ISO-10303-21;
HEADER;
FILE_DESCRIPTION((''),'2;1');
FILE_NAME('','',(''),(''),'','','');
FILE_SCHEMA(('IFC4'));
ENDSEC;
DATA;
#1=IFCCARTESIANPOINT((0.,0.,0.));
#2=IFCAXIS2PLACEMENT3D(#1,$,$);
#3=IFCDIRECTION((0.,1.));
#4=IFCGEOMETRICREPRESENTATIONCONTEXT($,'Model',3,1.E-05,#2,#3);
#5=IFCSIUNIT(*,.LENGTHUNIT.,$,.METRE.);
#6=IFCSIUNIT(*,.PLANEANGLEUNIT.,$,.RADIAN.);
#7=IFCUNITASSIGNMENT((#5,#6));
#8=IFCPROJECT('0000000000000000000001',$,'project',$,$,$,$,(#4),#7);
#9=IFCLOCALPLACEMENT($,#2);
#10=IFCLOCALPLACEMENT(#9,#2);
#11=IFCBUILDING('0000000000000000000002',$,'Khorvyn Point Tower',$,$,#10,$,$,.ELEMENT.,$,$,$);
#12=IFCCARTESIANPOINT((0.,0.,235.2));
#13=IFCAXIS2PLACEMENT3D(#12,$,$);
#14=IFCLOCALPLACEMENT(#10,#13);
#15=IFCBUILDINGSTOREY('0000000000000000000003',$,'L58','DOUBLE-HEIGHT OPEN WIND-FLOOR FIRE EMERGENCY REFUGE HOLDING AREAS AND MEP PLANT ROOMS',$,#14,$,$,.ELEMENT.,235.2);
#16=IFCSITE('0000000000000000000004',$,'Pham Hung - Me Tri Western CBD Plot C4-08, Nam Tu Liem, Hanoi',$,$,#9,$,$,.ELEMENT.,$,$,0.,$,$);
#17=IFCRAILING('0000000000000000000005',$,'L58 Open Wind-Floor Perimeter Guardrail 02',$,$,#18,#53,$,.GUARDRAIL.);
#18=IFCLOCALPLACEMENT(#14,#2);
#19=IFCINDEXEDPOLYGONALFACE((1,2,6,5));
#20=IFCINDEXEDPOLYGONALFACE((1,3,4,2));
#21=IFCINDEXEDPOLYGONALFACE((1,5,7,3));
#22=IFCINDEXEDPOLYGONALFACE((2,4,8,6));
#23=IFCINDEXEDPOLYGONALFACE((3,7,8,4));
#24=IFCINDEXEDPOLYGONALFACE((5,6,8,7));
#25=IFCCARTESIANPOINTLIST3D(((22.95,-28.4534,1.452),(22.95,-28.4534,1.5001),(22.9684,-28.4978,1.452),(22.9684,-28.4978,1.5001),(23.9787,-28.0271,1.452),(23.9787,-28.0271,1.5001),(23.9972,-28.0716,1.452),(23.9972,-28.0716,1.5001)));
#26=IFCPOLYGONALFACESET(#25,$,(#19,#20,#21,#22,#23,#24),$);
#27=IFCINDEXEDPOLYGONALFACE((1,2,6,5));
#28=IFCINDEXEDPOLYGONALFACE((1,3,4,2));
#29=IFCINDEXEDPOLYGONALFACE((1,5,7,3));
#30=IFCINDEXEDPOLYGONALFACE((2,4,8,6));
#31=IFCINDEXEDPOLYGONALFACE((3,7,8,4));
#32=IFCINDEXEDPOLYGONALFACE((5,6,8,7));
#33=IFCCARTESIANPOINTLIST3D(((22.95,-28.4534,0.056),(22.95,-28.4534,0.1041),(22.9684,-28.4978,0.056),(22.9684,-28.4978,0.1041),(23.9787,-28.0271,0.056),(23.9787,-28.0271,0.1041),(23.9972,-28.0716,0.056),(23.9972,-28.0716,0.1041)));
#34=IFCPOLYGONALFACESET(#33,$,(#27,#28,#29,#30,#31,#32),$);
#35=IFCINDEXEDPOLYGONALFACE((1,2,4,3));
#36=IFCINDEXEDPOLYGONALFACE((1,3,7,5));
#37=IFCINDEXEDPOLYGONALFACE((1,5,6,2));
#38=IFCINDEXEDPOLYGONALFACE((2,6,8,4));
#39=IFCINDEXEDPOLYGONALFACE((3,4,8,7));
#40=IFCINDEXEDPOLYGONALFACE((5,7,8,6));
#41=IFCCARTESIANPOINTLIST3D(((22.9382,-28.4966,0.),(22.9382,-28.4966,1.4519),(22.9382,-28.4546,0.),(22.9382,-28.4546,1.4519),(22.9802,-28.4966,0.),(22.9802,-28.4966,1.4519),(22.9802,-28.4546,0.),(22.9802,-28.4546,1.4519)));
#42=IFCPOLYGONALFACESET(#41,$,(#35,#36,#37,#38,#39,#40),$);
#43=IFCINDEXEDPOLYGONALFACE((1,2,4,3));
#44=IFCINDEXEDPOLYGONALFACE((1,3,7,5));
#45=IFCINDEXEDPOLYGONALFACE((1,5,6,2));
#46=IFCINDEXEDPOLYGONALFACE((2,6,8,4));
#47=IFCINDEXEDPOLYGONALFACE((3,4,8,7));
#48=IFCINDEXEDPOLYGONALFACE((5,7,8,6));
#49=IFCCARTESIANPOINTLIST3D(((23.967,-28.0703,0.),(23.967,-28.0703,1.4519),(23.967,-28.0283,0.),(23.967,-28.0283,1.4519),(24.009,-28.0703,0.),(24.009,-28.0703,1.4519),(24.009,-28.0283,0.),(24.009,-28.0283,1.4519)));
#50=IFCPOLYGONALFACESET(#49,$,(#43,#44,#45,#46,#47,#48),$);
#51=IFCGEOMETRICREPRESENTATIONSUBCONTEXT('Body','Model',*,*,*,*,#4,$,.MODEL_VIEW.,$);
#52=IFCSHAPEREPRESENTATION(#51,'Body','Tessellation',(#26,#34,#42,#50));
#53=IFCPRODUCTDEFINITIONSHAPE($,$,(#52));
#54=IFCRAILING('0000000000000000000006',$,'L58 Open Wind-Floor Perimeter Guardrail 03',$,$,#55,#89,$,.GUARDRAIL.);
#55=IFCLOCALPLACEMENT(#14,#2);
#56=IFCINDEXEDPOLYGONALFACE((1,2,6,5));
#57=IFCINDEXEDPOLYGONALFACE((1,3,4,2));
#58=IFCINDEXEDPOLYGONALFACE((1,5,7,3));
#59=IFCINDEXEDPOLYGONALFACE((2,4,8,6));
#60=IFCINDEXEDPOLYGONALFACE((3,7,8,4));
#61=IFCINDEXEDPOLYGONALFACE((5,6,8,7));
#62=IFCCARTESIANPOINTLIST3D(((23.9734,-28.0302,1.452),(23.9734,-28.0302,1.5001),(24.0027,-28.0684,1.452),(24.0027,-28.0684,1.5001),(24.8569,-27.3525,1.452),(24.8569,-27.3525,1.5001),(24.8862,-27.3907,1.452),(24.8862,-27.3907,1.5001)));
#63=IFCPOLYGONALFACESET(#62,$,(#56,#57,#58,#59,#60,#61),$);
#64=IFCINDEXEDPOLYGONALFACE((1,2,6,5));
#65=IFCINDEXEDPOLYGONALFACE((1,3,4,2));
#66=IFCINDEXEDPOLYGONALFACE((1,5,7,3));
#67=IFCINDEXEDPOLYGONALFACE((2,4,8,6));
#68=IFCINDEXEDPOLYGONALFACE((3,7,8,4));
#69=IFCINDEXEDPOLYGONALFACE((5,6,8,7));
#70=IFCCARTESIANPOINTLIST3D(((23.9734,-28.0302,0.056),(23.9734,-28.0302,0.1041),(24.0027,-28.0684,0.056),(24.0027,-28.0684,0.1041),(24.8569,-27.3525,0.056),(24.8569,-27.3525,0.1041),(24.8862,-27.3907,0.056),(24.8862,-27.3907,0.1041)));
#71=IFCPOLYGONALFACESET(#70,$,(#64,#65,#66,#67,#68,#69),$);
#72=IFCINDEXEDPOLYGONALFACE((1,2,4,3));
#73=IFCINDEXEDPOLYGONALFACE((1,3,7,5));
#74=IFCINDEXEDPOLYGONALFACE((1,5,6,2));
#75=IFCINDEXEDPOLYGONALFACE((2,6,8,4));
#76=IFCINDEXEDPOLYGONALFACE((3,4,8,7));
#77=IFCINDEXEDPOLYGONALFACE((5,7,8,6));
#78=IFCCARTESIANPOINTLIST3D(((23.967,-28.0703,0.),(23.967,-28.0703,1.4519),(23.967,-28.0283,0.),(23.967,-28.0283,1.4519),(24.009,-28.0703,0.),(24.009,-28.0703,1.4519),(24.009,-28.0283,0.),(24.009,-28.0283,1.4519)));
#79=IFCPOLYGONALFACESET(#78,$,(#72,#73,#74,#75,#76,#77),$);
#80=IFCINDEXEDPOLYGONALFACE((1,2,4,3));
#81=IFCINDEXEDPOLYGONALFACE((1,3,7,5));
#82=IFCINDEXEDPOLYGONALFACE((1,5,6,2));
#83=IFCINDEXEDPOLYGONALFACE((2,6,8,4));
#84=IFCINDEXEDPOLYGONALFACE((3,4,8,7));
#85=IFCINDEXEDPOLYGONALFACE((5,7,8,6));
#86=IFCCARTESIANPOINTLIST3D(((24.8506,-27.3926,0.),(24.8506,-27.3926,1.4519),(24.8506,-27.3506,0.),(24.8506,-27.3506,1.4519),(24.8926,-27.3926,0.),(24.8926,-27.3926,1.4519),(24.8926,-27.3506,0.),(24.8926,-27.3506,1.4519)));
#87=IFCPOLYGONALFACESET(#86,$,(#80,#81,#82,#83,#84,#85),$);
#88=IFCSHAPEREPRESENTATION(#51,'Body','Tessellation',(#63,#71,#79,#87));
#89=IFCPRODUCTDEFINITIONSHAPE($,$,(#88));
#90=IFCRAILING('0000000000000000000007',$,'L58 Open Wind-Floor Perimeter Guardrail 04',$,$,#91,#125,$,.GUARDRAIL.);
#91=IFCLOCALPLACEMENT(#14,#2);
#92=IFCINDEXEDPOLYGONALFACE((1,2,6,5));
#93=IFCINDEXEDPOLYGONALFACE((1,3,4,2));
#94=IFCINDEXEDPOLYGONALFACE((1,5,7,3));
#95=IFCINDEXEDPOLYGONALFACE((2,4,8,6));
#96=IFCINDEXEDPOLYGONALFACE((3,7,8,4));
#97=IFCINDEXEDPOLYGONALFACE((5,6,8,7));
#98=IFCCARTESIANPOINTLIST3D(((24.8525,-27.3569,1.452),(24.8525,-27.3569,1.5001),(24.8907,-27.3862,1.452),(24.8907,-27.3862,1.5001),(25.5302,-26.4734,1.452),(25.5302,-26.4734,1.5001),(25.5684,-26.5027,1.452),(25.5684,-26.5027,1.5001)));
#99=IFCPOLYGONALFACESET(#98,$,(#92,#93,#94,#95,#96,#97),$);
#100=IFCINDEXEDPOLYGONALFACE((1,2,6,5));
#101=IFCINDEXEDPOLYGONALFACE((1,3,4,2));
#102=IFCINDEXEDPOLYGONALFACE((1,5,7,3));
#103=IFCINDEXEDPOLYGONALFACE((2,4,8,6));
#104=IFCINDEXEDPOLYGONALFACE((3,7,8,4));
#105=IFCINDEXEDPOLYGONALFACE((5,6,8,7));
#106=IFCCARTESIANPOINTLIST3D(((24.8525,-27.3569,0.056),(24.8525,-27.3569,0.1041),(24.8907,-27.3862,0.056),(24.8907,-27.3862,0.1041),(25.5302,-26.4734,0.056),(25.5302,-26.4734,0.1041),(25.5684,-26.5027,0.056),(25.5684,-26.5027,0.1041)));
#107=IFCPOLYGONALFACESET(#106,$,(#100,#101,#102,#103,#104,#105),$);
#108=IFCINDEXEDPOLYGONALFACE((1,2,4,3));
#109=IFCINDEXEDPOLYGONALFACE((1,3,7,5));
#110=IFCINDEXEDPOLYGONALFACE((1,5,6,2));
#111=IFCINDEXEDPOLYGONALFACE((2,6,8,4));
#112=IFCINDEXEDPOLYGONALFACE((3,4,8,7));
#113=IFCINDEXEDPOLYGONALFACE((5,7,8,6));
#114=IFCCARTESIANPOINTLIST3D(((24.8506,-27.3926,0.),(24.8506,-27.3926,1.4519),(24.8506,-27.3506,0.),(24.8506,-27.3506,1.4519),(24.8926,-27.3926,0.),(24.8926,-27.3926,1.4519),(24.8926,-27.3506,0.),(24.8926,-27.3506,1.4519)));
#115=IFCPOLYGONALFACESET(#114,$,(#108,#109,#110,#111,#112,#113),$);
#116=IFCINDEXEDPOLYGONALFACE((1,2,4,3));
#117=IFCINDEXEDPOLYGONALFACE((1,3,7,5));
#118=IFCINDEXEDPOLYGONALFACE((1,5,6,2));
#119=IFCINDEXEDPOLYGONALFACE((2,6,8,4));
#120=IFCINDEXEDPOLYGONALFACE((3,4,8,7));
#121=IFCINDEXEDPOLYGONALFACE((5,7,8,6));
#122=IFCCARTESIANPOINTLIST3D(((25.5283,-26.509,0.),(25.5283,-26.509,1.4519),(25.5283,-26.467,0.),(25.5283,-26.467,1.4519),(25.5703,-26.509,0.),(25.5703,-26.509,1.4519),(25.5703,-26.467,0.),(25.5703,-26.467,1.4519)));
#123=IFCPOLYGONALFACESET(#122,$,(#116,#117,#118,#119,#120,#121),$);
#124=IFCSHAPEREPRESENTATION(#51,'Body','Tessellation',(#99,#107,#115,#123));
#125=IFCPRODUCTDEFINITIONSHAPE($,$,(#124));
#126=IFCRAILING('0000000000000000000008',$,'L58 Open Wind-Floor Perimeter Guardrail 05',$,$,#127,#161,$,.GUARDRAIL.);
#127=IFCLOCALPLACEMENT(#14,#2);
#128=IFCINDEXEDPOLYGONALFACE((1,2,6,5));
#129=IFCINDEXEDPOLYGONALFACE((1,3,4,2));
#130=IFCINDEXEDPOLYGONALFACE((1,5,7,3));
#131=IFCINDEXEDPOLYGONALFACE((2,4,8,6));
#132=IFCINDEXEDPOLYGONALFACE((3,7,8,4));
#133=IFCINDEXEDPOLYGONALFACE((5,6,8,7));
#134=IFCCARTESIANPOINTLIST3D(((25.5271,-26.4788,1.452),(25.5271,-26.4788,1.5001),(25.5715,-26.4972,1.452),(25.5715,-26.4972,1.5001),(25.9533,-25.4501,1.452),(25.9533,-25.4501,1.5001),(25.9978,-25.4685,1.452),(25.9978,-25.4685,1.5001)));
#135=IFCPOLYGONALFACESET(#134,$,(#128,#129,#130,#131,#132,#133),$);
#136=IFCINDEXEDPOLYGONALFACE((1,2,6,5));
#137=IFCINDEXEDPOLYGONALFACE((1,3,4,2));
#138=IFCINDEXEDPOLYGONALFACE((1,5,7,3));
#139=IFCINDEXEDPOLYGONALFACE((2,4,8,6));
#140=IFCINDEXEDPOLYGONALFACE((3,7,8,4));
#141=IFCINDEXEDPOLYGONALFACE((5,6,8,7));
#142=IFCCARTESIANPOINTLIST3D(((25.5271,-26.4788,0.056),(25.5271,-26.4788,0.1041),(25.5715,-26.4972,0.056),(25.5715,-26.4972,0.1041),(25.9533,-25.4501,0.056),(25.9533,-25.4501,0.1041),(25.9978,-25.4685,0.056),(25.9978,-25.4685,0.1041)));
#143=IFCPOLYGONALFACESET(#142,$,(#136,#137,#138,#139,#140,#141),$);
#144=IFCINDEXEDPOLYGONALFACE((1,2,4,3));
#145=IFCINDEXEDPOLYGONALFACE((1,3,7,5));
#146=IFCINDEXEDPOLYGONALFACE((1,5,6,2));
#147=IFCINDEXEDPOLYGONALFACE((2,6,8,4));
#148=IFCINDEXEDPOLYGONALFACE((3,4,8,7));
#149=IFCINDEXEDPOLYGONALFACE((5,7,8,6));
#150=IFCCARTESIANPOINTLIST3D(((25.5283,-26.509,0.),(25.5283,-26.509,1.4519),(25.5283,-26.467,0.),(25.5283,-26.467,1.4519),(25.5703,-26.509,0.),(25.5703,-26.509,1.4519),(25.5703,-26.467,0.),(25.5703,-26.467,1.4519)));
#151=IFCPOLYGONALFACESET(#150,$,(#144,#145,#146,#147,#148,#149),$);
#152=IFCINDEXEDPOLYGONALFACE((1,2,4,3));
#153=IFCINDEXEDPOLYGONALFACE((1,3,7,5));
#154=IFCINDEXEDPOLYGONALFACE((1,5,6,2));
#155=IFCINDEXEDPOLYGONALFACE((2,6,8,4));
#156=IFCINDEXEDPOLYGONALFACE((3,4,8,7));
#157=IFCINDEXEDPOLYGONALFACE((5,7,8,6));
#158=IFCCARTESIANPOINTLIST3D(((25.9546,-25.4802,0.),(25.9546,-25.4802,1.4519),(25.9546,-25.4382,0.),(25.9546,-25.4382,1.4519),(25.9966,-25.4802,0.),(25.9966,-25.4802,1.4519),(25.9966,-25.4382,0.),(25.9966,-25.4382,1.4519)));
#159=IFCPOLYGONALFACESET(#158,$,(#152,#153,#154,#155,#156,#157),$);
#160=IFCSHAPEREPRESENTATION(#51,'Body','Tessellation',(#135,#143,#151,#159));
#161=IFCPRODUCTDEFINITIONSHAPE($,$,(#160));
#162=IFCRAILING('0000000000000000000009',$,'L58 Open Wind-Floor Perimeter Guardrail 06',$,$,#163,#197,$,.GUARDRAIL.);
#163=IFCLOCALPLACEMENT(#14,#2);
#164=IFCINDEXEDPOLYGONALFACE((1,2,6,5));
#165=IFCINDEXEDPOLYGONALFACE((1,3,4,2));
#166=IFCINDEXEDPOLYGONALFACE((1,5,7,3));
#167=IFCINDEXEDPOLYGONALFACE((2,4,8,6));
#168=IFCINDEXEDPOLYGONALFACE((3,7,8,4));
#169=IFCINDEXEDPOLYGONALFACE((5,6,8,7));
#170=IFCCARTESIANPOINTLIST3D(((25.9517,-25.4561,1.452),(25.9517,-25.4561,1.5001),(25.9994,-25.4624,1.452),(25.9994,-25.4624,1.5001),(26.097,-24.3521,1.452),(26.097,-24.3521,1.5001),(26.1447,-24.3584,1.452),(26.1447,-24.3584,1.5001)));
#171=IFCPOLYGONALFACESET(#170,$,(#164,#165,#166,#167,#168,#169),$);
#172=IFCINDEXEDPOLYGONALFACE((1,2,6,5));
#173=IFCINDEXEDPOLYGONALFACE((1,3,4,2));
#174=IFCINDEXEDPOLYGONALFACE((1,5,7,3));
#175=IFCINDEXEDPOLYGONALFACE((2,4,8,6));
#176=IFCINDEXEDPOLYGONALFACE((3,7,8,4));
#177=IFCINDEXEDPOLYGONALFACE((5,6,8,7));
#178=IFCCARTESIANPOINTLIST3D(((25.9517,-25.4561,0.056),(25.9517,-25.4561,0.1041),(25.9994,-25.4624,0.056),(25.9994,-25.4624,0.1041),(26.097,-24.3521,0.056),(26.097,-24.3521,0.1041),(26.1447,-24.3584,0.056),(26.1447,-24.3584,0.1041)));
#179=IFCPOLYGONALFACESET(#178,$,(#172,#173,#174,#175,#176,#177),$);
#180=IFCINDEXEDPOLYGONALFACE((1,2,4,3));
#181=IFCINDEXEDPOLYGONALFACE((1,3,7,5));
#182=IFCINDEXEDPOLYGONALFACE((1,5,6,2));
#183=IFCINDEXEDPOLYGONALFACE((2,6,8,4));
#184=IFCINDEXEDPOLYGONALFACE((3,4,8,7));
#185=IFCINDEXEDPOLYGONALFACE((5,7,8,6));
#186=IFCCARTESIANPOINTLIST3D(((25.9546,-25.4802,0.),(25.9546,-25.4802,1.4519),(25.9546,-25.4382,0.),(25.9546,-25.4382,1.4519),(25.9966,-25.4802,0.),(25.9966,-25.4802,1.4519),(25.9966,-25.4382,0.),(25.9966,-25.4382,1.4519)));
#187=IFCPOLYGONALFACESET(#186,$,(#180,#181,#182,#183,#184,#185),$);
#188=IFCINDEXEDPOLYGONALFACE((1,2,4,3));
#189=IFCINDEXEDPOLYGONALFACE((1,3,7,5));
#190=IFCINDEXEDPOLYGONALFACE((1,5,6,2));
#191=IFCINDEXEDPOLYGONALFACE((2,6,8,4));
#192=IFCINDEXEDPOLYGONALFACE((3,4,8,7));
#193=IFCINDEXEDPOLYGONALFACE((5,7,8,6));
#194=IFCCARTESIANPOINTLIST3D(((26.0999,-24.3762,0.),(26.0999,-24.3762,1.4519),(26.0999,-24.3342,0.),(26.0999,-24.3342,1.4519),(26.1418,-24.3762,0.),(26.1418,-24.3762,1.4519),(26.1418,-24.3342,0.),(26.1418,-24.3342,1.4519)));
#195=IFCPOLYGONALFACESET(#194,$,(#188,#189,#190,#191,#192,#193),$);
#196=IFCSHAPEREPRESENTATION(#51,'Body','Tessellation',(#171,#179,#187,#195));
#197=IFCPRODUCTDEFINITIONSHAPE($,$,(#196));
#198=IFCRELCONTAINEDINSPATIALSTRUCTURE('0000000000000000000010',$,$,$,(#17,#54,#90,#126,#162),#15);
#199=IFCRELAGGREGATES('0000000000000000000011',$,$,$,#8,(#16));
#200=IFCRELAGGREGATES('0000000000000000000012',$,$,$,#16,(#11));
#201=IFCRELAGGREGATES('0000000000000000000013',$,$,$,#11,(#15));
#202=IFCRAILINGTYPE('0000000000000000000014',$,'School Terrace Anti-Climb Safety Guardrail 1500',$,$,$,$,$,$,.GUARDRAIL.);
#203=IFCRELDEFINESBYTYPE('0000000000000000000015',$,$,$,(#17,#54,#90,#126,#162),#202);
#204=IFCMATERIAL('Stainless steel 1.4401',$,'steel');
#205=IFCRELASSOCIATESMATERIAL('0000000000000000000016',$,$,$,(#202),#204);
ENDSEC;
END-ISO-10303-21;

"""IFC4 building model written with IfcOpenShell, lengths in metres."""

from ifc_helpers import new_model, si_unit, direction, frame, origin, origin_2d, place, context, subcontext, project, spatial, rectangle, extrude, material, type_object, element, save


model = new_model("IFC4")

# Units and contexts
model_context = context("Model", 3, precision=1e-05, world=origin(), true_north=direction((0.0, 1.0)))
body_context = subcontext(model_context, "Body", "Model", "MODEL_VIEW")
ifc_project = project(units=[si_unit("LENGTHUNIT", "METRE"), si_unit("PLANEANGLEUNIT", "RADIAN")], contexts=[model_context])

# Site, building, storey
site_placement = place(None, origin())
site = spatial("IfcSite", under=ifc_project, at=site_placement, Name="Pham Hung - Me Tri Western CBD Plot C4-08, Nam Tu Liem, Hanoi", CompositionType="ELEMENT", RefElevation=0.0)
building_placement = place(site_placement, origin())
building = spatial("IfcBuilding", under=site, at=building_placement, Name="Khorvyn Point Tower", CompositionType="ELEMENT")
storey_placement = place(building_placement, frame((0.0, 0.0, 235.2)))
storey = spatial("IfcBuildingStorey", under=building, at=storey_placement, Name="L58", Description="DOUBLE-HEIGHT OPEN WIND-FLOOR FIRE EMERGENCY REFUGE HOLDING AREAS AND MEP PLANT ROOMS", CompositionType="ELEMENT", Elevation=235.2)

# Railings
ifc_material_1 = material(Name="Stainless steel 1.4401", Category="steel")
railing_type = type_object("IfcRailingType", Name="School Terrace Anti-Climb Safety Guardrail 1500", PredefinedType="GUARDRAIL", material=ifc_material_1)
railing_1_placement = place(storey_placement, frame((22.9592, -28.4756, 0.0)))
element("IfcRailing", 1, at=railing_1_placement, inside=storey, type_object=railing_type, Name="L58 Open Wind-Floor Perimeter Guardrail 02", PredefinedType="GUARDRAIL", context=body_context, shape_type="SweptSolid", body=[
    extrude(rectangle(XDim=0.0481, YDim=0.0481, at=origin_2d()), frame((0.0, 0.0, 1.4761), z_axis=(0.92384, 0.382778, 0.0), x_axis=(-0.382778, 0.92384, 0.0)), (0.0, 0.0, 1.0), 1.1135),
    extrude(rectangle(XDim=0.0481, YDim=0.0481, at=origin_2d()), frame((0.0, 0.0, 0.0801), z_axis=(0.92384, 0.382778, 0.0), x_axis=(-0.382778, 0.92384, 0.0)), (0.0, 0.0, 1.0), 1.1135),
    extrude(rectangle(XDim=0.042, YDim=0.042, at=origin_2d()), origin(), (0.0, 0.0, 1.0), 1.4519),
    extrude(rectangle(XDim=0.042, YDim=0.042, at=origin_2d()), frame((1.0288, 0.4263, 0.0)), (0.0, 0.0, 1.0), 1.4519),
])
railing_2_placement = place(storey_placement, frame((23.988, -28.0493, 0.0)))
element("IfcRailing", 2, at=railing_2_placement, inside=storey, type_object=railing_type, Name="L58 Open Wind-Floor Perimeter Guardrail 03", PredefinedType="GUARDRAIL", context=body_context, shape_type="SweptSolid", body=[
    extrude(rectangle(XDim=0.0481, YDim=0.0481, at=origin_2d()), frame((0.0, 0.0, 1.4761), z_axis=(0.793455, 0.608629, 0.0), x_axis=(-0.608629, 0.793455, 0.0)), (0.0, 0.0, 1.0), 1.1135),
    extrude(rectangle(XDim=0.0481, YDim=0.0481, at=origin_2d()), frame((0.0, 0.0, 0.0801), z_axis=(0.793455, 0.608629, 0.0), x_axis=(-0.608629, 0.793455, 0.0)), (0.0, 0.0, 1.0), 1.1135),
    extrude(rectangle(XDim=0.042, YDim=0.042, at=origin_2d()), origin(), (0.0, 0.0, 1.0), 1.4519),
    extrude(rectangle(XDim=0.042, YDim=0.042, at=origin_2d()), frame((0.8835, 0.6777, 0.0)), (0.0, 0.0, 1.0), 1.4519),
])
railing_3_placement = place(storey_placement, frame((24.8716, -27.3716, 0.0)))
element("IfcRailing", 3, at=railing_3_placement, inside=storey, type_object=railing_type, Name="L58 Open Wind-Floor Perimeter Guardrail 04", PredefinedType="GUARDRAIL", context=body_context, shape_type="SweptSolid", body=[
    extrude(rectangle(XDim=0.0481, YDim=0.0481, at=origin_2d()), frame((0.0, 0.0, 1.4761), z_axis=(0.608629, 0.793455, 0.0), x_axis=(-0.793455, 0.608629, 0.0)), (0.0, 0.0, 1.0), 1.1135),
    extrude(rectangle(XDim=0.0481, YDim=0.0481, at=origin_2d()), frame((0.0, 0.0, 0.0801), z_axis=(0.608629, 0.793455, 0.0), x_axis=(-0.793455, 0.608629, 0.0)), (0.0, 0.0, 1.0), 1.1135),
    extrude(rectangle(XDim=0.042, YDim=0.042, at=origin_2d()), origin(), (0.0, 0.0, 1.0), 1.4519),
    extrude(rectangle(XDim=0.042, YDim=0.042, at=origin_2d()), frame((0.6777, 0.8835, 0.0)), (0.0, 0.0, 1.0), 1.4519),
])
railing_4_placement = place(storey_placement, frame((25.5493, -26.488, 0.0)))
element("IfcRailing", 4, at=railing_4_placement, inside=storey, type_object=railing_type, Name="L58 Open Wind-Floor Perimeter Guardrail 05", PredefinedType="GUARDRAIL", context=body_context, shape_type="SweptSolid", body=[
    extrude(rectangle(XDim=0.0481, YDim=0.0481, at=origin_2d()), frame((0.0, 0.0, 1.4761), z_axis=(0.382778, 0.92384, 0.0), x_axis=(-0.92384, 0.382778, 0.0)), (0.0, 0.0, 1.0), 1.1135),
    extrude(rectangle(XDim=0.0481, YDim=0.0481, at=origin_2d()), frame((0.0, 0.0, 0.0801), z_axis=(0.382778, 0.92384, 0.0), x_axis=(-0.92384, 0.382778, 0.0)), (0.0, 0.0, 1.0), 1.1135),
    extrude(rectangle(XDim=0.042, YDim=0.042, at=origin_2d()), origin(), (0.0, 0.0, 1.0), 1.4519),
    extrude(rectangle(XDim=0.042, YDim=0.042, at=origin_2d()), frame((0.4263, 1.0288, 0.0)), (0.0, 0.0, 1.0), 1.4519),
])
railing_5_placement = place(storey_placement, frame((25.9756, -25.4592, 0.0)))
element("IfcRailing", 5, at=railing_5_placement, inside=storey, type_object=railing_type, Name="L58 Open Wind-Floor Perimeter Guardrail 06", PredefinedType="GUARDRAIL", context=body_context, shape_type="SweptSolid", body=[
    extrude(rectangle(XDim=0.0481, YDim=0.0481, at=origin_2d()), frame((0.0, 0.0, 1.4761), z_axis=(0.130455, 0.991454, 0.0), x_axis=(-0.991454, 0.130455, 0.0)), (0.0, 0.0, 1.0), 1.1135),
    extrude(rectangle(XDim=0.0481, YDim=0.0481, at=origin_2d()), frame((0.0, 0.0, 0.0801), z_axis=(0.130455, 0.991454, 0.0), x_axis=(-0.991454, 0.130455, 0.0)), (0.0, 0.0, 1.0), 1.1135),
    extrude(rectangle(XDim=0.042, YDim=0.042, at=origin_2d()), origin(), (0.0, 0.0, 1.0), 1.4519),
    extrude(rectangle(XDim=0.042, YDim=0.042, at=origin_2d()), frame((0.1453, 1.104, 0.0)), (0.0, 0.0, 1.0), 1.4519),
])

save(model, "model.ifc")
